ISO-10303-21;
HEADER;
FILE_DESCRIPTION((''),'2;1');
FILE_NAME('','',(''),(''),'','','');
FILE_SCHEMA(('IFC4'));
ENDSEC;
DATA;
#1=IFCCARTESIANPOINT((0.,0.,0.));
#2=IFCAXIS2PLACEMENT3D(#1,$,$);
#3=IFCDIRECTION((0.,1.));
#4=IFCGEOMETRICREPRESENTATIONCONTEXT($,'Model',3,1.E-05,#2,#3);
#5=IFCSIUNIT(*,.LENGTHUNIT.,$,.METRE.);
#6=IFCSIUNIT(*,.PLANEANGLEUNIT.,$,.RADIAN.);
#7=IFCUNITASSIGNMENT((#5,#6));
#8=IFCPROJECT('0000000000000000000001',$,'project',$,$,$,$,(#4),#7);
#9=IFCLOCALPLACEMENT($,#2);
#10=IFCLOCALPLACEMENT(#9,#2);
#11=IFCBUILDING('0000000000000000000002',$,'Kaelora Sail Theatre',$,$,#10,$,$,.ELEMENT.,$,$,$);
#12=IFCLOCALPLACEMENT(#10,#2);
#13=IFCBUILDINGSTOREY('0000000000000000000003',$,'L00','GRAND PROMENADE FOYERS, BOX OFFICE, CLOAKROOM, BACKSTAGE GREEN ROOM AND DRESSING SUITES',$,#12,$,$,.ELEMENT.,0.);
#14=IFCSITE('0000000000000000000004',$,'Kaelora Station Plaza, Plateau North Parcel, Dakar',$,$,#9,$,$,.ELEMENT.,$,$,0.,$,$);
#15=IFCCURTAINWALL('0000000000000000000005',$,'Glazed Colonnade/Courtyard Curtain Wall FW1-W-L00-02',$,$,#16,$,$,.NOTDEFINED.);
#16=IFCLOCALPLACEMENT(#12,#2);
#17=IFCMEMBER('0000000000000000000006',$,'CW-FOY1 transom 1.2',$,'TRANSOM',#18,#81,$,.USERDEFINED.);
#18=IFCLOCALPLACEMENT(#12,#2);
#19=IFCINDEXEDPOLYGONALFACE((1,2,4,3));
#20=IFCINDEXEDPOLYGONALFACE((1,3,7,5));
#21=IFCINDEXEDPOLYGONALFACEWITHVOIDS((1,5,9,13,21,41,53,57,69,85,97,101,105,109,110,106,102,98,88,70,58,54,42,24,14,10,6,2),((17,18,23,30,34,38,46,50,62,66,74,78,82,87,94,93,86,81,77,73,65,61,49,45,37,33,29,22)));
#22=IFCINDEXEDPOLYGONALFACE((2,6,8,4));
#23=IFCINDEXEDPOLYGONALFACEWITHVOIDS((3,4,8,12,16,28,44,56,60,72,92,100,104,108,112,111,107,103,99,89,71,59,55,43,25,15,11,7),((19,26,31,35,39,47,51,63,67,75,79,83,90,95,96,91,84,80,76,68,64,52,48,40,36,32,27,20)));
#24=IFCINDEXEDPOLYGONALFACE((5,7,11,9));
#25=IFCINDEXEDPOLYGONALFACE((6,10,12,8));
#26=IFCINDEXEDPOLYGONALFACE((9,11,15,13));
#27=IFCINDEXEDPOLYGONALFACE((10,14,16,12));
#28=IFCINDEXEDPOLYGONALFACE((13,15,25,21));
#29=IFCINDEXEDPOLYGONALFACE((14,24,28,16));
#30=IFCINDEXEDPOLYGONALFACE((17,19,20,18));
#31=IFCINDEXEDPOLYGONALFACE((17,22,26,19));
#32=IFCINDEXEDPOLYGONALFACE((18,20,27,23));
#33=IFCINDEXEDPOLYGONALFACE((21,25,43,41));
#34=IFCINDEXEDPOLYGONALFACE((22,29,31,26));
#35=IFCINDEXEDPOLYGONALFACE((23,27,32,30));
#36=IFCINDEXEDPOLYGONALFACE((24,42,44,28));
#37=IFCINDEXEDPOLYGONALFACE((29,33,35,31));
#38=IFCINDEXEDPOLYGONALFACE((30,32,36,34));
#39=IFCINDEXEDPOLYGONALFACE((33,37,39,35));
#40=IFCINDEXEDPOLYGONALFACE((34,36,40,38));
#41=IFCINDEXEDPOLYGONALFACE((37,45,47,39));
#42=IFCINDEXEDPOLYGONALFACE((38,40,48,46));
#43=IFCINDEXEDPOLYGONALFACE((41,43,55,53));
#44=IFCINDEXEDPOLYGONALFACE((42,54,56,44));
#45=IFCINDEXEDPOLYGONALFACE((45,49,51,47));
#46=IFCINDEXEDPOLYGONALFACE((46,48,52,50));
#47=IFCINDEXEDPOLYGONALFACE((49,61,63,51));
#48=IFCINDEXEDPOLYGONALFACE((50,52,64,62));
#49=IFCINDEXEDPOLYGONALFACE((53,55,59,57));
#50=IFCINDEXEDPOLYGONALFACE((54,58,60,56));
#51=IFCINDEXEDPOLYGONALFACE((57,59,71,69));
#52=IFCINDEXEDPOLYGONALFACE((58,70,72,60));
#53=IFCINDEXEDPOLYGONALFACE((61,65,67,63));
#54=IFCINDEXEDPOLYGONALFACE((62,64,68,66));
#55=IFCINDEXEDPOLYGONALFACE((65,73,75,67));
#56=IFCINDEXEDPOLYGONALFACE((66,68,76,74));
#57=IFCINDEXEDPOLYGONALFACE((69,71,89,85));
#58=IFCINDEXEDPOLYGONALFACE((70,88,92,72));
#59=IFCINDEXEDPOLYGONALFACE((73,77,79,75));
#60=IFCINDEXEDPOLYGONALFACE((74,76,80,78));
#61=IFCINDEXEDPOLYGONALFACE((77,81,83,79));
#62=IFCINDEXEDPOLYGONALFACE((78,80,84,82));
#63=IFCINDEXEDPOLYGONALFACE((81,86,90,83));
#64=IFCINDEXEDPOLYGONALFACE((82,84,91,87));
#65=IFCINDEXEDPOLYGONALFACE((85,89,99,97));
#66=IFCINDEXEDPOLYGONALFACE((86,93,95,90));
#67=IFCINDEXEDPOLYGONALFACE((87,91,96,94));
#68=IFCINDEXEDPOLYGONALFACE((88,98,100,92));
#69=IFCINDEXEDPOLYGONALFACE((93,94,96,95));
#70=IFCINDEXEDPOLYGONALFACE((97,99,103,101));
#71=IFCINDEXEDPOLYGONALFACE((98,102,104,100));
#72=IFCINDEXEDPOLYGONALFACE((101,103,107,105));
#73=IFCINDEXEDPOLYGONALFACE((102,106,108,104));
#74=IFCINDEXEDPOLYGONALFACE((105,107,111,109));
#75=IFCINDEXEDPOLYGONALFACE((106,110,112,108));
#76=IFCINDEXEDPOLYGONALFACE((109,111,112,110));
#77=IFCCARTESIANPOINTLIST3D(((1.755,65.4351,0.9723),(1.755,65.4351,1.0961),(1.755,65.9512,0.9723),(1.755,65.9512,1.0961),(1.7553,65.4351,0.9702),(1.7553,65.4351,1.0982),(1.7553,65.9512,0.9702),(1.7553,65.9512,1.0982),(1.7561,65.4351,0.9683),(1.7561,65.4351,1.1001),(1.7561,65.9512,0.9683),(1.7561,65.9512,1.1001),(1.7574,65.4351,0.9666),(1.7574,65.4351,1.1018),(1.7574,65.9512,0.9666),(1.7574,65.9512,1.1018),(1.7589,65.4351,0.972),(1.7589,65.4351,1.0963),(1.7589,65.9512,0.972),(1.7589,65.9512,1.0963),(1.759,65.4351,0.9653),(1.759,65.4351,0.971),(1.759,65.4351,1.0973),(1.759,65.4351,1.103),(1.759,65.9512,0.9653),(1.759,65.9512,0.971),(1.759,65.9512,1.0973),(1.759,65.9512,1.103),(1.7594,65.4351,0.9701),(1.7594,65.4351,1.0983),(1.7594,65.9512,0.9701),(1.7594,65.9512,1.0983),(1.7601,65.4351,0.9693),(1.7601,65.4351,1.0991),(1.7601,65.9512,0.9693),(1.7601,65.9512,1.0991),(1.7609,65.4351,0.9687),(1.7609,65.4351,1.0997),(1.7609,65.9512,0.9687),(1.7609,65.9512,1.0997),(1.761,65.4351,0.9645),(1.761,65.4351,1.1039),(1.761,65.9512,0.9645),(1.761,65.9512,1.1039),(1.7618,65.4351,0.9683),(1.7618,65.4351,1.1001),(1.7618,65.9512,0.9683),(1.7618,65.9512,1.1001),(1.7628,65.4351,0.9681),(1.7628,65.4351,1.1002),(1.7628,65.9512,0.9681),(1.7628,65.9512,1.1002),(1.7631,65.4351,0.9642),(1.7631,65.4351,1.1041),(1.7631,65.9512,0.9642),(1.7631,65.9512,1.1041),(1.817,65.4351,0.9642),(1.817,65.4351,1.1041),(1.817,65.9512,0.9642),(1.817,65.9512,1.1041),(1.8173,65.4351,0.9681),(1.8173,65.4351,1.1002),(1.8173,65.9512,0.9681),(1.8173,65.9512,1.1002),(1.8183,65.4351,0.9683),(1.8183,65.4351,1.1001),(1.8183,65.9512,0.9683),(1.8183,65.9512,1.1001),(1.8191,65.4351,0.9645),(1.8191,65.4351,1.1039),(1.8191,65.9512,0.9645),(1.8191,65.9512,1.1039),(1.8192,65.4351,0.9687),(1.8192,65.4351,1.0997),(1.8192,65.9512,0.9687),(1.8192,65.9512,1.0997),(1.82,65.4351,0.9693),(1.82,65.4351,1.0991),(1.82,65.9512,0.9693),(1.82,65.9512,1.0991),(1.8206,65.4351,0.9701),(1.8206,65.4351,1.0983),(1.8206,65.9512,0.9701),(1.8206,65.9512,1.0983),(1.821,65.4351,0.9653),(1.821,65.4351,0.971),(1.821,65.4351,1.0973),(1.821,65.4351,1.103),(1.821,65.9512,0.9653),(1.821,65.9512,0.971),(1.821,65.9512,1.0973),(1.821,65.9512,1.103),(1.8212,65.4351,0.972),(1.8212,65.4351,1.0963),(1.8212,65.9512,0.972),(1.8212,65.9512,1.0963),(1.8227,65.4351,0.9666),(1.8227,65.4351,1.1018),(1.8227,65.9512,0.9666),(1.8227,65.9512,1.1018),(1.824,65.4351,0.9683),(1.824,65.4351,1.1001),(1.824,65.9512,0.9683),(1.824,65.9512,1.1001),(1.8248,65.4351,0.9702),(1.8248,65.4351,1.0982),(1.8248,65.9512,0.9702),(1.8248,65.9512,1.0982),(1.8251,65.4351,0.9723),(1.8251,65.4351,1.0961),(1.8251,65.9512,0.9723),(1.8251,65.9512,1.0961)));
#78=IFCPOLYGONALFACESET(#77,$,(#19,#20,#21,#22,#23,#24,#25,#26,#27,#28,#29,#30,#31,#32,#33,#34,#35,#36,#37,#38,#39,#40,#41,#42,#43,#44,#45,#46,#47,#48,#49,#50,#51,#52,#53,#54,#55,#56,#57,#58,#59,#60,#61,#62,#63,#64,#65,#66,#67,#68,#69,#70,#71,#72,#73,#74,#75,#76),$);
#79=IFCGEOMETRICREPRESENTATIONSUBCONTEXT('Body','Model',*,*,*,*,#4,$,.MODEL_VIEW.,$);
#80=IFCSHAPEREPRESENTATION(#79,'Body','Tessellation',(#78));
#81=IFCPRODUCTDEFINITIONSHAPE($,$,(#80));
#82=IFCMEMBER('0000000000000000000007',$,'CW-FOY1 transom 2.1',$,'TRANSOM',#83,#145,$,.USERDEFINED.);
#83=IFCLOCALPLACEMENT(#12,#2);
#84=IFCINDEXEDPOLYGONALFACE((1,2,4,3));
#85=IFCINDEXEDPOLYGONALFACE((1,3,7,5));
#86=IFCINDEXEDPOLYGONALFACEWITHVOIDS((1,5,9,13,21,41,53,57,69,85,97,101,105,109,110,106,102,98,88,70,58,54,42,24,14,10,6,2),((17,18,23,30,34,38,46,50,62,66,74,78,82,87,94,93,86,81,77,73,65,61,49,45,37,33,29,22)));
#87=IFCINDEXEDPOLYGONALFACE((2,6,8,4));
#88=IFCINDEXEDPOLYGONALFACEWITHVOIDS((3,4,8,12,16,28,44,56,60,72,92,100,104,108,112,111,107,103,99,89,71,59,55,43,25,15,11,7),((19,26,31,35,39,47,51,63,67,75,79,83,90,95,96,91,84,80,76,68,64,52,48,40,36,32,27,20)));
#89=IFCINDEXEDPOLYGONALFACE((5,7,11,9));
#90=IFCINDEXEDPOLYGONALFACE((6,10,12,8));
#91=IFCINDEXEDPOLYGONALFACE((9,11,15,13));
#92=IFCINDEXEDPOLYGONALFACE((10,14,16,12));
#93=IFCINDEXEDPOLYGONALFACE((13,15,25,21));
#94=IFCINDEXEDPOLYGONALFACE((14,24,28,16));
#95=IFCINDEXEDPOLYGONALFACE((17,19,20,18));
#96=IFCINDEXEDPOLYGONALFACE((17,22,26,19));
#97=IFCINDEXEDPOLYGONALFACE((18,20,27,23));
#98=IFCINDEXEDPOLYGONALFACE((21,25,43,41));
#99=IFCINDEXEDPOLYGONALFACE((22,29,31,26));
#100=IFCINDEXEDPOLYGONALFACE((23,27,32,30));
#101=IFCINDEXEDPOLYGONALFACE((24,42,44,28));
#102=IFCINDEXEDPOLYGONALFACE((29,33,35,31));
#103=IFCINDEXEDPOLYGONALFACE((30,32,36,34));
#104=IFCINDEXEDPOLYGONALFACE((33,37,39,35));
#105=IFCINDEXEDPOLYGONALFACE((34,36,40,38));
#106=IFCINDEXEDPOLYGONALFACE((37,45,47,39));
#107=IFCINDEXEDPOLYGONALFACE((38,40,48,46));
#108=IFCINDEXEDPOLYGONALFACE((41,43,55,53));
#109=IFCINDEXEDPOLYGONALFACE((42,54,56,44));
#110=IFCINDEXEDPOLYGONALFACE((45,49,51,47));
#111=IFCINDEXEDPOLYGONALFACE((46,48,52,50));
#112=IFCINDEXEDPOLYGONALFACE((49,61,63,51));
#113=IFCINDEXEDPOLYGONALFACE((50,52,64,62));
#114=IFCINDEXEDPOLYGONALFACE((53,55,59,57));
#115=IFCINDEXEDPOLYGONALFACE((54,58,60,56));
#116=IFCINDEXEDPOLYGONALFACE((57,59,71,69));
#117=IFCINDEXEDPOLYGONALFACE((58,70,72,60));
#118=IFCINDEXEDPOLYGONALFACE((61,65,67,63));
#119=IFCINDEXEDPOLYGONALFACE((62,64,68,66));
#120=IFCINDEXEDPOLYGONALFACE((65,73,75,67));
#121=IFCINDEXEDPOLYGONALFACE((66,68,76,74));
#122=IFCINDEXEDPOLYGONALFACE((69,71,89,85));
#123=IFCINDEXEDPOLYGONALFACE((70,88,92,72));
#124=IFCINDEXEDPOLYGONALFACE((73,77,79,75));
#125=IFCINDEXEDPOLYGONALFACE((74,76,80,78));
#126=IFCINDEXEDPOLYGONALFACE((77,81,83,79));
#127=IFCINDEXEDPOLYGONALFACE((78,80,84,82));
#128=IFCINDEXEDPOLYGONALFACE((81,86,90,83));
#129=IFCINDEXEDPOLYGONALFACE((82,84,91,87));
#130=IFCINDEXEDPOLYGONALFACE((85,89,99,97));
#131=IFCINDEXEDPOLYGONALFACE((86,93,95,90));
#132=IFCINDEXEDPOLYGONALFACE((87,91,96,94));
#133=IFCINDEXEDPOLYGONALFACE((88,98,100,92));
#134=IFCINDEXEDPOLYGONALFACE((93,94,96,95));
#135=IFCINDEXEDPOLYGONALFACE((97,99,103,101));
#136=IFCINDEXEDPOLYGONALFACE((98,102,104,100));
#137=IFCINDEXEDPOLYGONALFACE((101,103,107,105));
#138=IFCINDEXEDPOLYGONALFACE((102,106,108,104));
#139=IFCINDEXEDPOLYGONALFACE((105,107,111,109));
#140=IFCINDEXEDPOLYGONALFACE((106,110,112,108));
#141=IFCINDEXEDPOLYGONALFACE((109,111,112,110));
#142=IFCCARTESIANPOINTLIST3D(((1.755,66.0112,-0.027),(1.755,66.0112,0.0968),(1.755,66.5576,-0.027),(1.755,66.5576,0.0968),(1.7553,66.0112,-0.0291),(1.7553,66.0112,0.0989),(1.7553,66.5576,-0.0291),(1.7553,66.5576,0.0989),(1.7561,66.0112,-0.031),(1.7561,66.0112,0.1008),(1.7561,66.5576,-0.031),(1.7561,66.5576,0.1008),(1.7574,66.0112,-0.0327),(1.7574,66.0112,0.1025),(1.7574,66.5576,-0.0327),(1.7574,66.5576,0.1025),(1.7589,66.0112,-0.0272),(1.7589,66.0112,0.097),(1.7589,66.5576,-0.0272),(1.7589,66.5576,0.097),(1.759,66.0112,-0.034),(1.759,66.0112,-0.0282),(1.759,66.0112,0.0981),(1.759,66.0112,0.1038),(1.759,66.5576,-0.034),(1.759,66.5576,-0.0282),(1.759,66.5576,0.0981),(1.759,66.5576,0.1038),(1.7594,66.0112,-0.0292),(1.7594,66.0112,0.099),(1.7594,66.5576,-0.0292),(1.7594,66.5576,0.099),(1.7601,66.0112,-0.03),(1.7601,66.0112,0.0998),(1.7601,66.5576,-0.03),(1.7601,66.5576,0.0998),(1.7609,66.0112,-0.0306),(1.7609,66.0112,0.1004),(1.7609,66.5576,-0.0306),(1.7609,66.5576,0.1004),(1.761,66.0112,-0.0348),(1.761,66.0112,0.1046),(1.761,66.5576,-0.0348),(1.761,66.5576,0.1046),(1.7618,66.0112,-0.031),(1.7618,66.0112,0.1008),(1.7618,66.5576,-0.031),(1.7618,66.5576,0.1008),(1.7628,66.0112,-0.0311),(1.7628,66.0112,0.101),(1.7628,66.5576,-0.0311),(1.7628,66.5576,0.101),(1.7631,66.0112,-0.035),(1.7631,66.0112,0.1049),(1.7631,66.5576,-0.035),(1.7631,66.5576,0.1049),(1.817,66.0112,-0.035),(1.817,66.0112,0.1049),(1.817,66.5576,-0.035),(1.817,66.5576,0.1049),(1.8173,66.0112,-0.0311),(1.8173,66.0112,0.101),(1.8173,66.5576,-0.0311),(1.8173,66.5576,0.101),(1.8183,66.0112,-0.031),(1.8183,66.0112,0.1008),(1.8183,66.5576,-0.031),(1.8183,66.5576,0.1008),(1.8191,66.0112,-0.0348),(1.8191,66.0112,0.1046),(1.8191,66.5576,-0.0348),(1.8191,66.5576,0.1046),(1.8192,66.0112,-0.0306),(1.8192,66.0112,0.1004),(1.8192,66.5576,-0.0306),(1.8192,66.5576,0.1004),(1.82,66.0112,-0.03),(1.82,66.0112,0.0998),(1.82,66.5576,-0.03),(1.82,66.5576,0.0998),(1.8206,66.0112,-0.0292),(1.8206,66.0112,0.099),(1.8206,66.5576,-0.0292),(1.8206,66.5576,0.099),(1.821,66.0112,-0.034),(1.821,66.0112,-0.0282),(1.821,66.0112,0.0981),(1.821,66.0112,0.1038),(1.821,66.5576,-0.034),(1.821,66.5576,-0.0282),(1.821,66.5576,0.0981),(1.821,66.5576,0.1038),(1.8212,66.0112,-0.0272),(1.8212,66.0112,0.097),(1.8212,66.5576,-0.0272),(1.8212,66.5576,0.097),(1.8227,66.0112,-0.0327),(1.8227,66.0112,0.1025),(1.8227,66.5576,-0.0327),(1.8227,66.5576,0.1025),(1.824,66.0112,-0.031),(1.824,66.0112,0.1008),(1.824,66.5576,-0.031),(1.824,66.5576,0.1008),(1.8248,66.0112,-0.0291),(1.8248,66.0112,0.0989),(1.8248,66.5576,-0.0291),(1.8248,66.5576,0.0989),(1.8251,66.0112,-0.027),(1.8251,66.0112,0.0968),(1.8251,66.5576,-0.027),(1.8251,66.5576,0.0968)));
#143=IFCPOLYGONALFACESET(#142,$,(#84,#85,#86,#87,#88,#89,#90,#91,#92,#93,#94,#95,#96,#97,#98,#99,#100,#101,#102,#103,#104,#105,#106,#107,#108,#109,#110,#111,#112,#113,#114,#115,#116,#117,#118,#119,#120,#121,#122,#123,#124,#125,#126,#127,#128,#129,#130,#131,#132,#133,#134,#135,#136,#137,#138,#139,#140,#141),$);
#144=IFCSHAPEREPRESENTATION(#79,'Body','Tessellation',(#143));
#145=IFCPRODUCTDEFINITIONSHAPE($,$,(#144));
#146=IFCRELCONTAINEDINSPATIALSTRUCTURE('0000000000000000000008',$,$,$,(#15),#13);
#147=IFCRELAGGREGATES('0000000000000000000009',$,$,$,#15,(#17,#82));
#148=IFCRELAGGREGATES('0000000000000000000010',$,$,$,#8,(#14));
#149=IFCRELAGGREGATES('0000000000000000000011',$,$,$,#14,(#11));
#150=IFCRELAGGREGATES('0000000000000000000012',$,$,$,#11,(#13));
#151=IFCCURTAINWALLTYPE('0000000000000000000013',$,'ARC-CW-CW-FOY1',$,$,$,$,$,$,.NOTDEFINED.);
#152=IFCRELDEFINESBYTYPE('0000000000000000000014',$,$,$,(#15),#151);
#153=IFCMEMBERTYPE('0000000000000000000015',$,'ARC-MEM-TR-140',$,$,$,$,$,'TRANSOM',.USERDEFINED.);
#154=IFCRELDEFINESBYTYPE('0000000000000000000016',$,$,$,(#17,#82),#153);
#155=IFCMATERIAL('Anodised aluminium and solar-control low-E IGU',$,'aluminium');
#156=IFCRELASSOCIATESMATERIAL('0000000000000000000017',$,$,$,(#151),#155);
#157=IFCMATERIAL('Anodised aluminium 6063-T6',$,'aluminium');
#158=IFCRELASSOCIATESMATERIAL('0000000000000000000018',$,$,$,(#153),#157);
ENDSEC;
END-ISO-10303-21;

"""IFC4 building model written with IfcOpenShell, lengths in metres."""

from ifc_helpers import new_model, si_unit, direction, frame, origin, origin_2d, place, context, subcontext, project, spatial, hollow_rectangle, extrude, material, material_profile, profile_set, type_object, element, aggregate, save


model = new_model("IFC4")

# Units and contexts
model_context = context("Model", 3, precision=1e-05, world=origin(), true_north=direction((0.0, 1.0)))
body_context = subcontext(model_context, "Body", "Model", "MODEL_VIEW")
ifc_project = project(units=[si_unit("LENGTHUNIT", "METRE"), si_unit("PLANEANGLEUNIT", "RADIAN")], contexts=[model_context])

# Site, building, storey
site_placement = place(None, origin())
site = spatial("IfcSite", under=ifc_project, at=site_placement, Name="Kaelora Station Plaza, Plateau North Parcel, Dakar", CompositionType="ELEMENT", RefElevation=0.0)
building_placement = place(site_placement, origin())
building = spatial("IfcBuilding", under=site, at=building_placement, Name="Kaelora Sail Theatre", CompositionType="ELEMENT")
storey_placement = place(building_placement, origin())
storey = spatial("IfcBuildingStorey", under=building, at=storey_placement, Name="L00", Description="GRAND PROMENADE FOYERS, BOX OFFICE, CLOAKROOM, BACKSTAGE GREEN ROOM AND DRESSING SUITES", CompositionType="ELEMENT", Elevation=0.0)

# Shared definitions
ifc_material_1 = material(Name="Anodised aluminium and solar-control low-E IGU", Category="aluminium")
curtain_wall_type = type_object("IfcCurtainWallType", Name="ARC-CW-CW-FOY1", PredefinedType="NOTDEFINED", material=ifc_material_1)

# Curtain wall, members
curtain_wall_1_placement = place(storey_placement, origin())
curtain_wall_1 = element("IfcCurtainWall", 1, at=curtain_wall_1_placement, inside=storey, type_object=curtain_wall_type, Name="Glazed Colonnade/Courtyard Curtain Wall FW1-W-L00-02", PredefinedType="NOTDEFINED")
ifc_material_2 = material(Name="Anodised aluminium 6063-T6", Category="aluminium")
ifc_material_profile_1 = material_profile(ifc_material_2, hollow_rectangle(XDim=0.0701, YDim=0.1399, WallThickness=0.0039, InnerFilletRadius=0.0039, OuterFilletRadius=0.0081, at=origin_2d()), Name="ALU-TRAN 70x140x4")
ifc_profile_set_1 = profile_set([ifc_material_profile_1], Name="Anodised aluminium 6063-T6")
member_type_1 = type_object("IfcMemberType", Name="ARC-MEM-TR-140", ElementType="TRANSOM", PredefinedType="USERDEFINED", material=ifc_profile_set_1)
member_1_placement = place(storey_placement, frame((1.79, 65.4351, 1.0342), z_axis=(0.0, 1.0, 0.0), x_axis=(-1.0, 0.0, 0.0)))
member_1 = element("IfcMember", 2, at=member_1_placement, type_object=member_type_1, Name="CW-FOY1 transom 1.2", ObjectType="TRANSOM", PredefinedType="USERDEFINED", context=body_context, shape_type="SweptSolid", body=[
    extrude(hollow_rectangle(XDim=0.0701, YDim=0.1399, WallThickness=0.0039, InnerFilletRadius=0.0039, OuterFilletRadius=0.0081, at=origin_2d()), origin(), (0.0, 0.0, 1.0), 0.5161),
])
member_2_placement = place(storey_placement, frame((1.79, 66.0112, 0.0349), z_axis=(0.0, 1.0, 0.0), x_axis=(-1.0, 0.0, 0.0)))
member_2 = element("IfcMember", 3, at=member_2_placement, type_object=member_type_1, Name="CW-FOY1 transom 2.1", ObjectType="TRANSOM", PredefinedType="USERDEFINED", context=body_context, shape_type="SweptSolid", body=[
    extrude(hollow_rectangle(XDim=0.0701, YDim=0.1399, WallThickness=0.0039, InnerFilletRadius=0.0039, OuterFilletRadius=0.0081, at=origin_2d()), origin(), (0.0, 0.0, 1.0), 0.5464),
])

aggregate(curtain_wall_1, [member_1, member_2])

save(model, "model.ifc")
